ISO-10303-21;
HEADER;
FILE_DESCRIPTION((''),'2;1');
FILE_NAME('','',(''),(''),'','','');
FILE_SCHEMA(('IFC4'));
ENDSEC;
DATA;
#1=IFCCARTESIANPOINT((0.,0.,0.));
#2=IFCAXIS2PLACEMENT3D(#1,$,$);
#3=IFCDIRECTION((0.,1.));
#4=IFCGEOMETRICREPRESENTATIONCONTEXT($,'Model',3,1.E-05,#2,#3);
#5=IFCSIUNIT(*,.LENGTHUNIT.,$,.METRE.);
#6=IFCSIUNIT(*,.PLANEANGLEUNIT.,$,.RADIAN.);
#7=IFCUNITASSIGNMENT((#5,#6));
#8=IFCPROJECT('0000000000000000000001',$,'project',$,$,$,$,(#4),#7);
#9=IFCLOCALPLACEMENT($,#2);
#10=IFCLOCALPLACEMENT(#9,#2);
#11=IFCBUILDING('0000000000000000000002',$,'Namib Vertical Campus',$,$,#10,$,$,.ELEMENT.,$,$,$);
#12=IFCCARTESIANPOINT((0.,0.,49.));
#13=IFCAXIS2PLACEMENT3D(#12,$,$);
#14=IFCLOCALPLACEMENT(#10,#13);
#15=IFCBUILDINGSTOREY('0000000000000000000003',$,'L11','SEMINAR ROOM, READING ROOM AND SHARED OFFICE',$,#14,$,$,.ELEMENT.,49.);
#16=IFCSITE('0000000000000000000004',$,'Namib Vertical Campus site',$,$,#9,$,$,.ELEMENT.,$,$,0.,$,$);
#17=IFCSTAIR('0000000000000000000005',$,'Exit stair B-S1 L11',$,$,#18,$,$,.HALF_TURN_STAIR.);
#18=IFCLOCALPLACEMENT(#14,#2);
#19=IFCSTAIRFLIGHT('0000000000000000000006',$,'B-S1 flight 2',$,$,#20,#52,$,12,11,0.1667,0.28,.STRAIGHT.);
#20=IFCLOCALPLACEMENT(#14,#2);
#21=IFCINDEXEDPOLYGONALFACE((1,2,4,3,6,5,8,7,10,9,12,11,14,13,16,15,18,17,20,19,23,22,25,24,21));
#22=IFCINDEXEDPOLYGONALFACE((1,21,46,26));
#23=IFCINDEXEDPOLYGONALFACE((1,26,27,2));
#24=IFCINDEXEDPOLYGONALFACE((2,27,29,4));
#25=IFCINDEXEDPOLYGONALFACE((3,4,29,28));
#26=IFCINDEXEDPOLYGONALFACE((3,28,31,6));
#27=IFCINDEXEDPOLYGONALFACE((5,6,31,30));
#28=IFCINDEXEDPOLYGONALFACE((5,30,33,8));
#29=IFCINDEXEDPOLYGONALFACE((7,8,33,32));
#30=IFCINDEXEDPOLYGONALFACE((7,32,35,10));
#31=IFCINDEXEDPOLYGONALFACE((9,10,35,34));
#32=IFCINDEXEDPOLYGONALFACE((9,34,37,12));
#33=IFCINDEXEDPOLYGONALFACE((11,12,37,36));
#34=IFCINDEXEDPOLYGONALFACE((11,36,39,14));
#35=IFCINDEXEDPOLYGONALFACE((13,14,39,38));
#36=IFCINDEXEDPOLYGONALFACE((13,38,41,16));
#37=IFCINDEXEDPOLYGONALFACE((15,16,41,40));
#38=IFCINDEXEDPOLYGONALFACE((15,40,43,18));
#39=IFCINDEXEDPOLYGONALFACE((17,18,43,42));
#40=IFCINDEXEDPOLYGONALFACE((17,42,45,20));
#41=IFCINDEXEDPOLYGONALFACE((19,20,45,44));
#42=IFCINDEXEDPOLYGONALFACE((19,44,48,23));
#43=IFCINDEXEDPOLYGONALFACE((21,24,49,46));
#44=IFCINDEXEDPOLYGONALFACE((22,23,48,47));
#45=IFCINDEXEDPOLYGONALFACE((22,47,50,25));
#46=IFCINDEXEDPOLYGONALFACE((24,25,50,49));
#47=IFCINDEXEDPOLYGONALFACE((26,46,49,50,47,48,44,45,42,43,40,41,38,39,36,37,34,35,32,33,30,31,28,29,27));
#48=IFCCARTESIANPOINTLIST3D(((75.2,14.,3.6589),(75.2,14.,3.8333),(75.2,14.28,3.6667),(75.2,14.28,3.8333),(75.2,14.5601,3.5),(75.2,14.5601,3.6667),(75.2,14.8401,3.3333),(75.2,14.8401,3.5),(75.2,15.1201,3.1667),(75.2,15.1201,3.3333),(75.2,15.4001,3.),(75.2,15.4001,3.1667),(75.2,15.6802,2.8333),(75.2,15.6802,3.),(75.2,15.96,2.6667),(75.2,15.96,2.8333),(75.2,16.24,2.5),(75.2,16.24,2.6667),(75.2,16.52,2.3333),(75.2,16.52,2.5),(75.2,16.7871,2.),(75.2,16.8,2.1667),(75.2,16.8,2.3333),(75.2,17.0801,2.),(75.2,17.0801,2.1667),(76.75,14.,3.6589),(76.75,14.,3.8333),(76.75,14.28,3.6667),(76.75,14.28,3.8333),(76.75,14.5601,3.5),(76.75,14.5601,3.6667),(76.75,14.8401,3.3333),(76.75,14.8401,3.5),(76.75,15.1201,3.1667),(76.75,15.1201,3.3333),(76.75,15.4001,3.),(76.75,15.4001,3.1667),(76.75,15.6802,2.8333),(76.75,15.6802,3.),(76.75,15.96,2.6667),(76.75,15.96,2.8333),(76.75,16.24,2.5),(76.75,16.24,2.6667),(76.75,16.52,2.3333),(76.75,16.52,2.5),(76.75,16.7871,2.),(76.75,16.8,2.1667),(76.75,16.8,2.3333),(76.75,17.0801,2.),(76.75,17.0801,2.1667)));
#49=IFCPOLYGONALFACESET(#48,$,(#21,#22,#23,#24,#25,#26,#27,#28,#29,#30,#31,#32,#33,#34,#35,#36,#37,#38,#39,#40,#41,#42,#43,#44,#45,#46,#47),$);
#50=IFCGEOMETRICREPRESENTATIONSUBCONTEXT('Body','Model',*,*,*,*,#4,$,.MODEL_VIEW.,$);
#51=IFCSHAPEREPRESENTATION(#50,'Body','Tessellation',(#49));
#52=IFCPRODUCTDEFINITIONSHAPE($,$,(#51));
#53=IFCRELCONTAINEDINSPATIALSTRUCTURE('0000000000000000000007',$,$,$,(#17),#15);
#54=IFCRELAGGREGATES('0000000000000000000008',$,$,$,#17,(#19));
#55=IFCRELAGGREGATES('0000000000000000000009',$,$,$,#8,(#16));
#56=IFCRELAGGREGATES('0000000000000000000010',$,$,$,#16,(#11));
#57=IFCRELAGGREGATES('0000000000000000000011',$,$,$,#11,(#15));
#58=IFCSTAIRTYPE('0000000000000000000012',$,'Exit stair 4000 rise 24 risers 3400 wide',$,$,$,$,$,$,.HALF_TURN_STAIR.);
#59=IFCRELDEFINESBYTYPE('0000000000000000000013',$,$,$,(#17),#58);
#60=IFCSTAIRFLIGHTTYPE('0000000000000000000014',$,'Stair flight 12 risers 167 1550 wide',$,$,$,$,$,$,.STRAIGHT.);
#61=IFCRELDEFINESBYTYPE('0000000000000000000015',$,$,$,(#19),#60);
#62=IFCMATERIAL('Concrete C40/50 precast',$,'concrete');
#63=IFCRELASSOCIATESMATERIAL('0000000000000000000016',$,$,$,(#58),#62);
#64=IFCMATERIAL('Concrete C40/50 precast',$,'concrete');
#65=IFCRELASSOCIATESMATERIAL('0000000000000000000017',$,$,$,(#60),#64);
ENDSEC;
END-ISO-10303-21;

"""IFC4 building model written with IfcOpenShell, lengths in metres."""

from ifc_helpers import new_model, si_unit, direction, frame, origin, place, context, subcontext, project, spatial, polyline, outline, extrude, material, type_object, element, aggregate, save


model = new_model("IFC4")

# Units and contexts
model_context = context("Model", 3, precision=1e-05, world=origin(), true_north=direction((0.0, 1.0)))
body_context = subcontext(model_context, "Body", "Model", "MODEL_VIEW")
ifc_project = project(units=[si_unit("LENGTHUNIT", "METRE"), si_unit("PLANEANGLEUNIT", "RADIAN")], contexts=[model_context])

# Site, building, storey
site_placement = place(None, origin())
site = spatial("IfcSite", under=ifc_project, at=site_placement, Name="Namib Vertical Campus site", CompositionType="ELEMENT", RefElevation=0.0)
building_placement = place(site_placement, origin())
building = spatial("IfcBuilding", under=site, at=building_placement, Name="Namib Vertical Campus", CompositionType="ELEMENT")
storey_placement = place(building_placement, frame((0.0, 0.0, 49.0)))
storey = spatial("IfcBuildingStorey", under=building, at=storey_placement, Name="L11", Description="SEMINAR ROOM, READING ROOM AND SHARED OFFICE", CompositionType="ELEMENT", Elevation=49.0)

# Stair, stair flight
ifc_material_1 = material(Name="Concrete C40/50 precast", Category="concrete")
stair_type = type_object("IfcStairType", Name="Exit stair 4000 rise 24 risers 3400 wide", PredefinedType="HALF_TURN_STAIR", material=ifc_material_1)
stair_placement = place(storey_placement, origin())
stair = element("IfcStair", 1, at=stair_placement, inside=storey, type_object=stair_type, Name="Exit stair B-S1 L11", PredefinedType="HALF_TURN_STAIR")
ifc_material_2 = material(Name="Concrete C40/50 precast", Category="concrete")
stair_flight_type = type_object("IfcStairFlightType", Name="Stair flight 12 risers 167 1550 wide", PredefinedType="STRAIGHT", material=ifc_material_2)
stair_flight_1_placement = place(storey_placement, frame((75.9751, 17.0801, 2.0), z_axis=(0.0, 0.0, 1.0), x_axis=(0.0, -1.0, 0.0)))
stair_flight_1 = element("IfcStairFlight", 2, at=stair_flight_1_placement, type_object=stair_flight_type, Name="B-S1 flight 2", NumberOfRisers=12, NumberOfTreads=11, PredefinedType="STRAIGHT", RiserHeight=0.1667, TreadLength=0.28, context=body_context, shape_type="SweptSolid", body=[
    extrude(outline(polyline([(0.0, 0.0), (0.0, 0.1667), (0.28, 0.1667), (0.28, 0.3333), (0.5601, 0.3333), (0.5601, 0.5), (0.8401, 0.5), (0.8401, 0.6667), (1.1201, 0.6667), (1.1201, 0.8333), (1.3999, 0.8333), (1.3999, 1.0), (1.6799, 1.0), (1.6799, 1.1667), (1.96, 1.1667), (1.96, 1.3333), (2.24, 1.3333), (2.24, 1.5), (2.52, 1.5), (2.52, 1.6667), (2.8, 1.6667), (2.8, 1.8333), (3.0801, 1.8333), (3.0801, 2.0), (3.0801, 1.6589), (0.293, 0.0), (0.0, 0.0)])), frame((0.0, 0.7749, 0.0), z_axis=(0.0, -1.0, 0.0), x_axis=(1.0, 0.0, 0.0)), (0.0, 0.0, 1.0), 1.55),
])
aggregate(stair, [stair_flight_1])

save(model, "model.ifc")
